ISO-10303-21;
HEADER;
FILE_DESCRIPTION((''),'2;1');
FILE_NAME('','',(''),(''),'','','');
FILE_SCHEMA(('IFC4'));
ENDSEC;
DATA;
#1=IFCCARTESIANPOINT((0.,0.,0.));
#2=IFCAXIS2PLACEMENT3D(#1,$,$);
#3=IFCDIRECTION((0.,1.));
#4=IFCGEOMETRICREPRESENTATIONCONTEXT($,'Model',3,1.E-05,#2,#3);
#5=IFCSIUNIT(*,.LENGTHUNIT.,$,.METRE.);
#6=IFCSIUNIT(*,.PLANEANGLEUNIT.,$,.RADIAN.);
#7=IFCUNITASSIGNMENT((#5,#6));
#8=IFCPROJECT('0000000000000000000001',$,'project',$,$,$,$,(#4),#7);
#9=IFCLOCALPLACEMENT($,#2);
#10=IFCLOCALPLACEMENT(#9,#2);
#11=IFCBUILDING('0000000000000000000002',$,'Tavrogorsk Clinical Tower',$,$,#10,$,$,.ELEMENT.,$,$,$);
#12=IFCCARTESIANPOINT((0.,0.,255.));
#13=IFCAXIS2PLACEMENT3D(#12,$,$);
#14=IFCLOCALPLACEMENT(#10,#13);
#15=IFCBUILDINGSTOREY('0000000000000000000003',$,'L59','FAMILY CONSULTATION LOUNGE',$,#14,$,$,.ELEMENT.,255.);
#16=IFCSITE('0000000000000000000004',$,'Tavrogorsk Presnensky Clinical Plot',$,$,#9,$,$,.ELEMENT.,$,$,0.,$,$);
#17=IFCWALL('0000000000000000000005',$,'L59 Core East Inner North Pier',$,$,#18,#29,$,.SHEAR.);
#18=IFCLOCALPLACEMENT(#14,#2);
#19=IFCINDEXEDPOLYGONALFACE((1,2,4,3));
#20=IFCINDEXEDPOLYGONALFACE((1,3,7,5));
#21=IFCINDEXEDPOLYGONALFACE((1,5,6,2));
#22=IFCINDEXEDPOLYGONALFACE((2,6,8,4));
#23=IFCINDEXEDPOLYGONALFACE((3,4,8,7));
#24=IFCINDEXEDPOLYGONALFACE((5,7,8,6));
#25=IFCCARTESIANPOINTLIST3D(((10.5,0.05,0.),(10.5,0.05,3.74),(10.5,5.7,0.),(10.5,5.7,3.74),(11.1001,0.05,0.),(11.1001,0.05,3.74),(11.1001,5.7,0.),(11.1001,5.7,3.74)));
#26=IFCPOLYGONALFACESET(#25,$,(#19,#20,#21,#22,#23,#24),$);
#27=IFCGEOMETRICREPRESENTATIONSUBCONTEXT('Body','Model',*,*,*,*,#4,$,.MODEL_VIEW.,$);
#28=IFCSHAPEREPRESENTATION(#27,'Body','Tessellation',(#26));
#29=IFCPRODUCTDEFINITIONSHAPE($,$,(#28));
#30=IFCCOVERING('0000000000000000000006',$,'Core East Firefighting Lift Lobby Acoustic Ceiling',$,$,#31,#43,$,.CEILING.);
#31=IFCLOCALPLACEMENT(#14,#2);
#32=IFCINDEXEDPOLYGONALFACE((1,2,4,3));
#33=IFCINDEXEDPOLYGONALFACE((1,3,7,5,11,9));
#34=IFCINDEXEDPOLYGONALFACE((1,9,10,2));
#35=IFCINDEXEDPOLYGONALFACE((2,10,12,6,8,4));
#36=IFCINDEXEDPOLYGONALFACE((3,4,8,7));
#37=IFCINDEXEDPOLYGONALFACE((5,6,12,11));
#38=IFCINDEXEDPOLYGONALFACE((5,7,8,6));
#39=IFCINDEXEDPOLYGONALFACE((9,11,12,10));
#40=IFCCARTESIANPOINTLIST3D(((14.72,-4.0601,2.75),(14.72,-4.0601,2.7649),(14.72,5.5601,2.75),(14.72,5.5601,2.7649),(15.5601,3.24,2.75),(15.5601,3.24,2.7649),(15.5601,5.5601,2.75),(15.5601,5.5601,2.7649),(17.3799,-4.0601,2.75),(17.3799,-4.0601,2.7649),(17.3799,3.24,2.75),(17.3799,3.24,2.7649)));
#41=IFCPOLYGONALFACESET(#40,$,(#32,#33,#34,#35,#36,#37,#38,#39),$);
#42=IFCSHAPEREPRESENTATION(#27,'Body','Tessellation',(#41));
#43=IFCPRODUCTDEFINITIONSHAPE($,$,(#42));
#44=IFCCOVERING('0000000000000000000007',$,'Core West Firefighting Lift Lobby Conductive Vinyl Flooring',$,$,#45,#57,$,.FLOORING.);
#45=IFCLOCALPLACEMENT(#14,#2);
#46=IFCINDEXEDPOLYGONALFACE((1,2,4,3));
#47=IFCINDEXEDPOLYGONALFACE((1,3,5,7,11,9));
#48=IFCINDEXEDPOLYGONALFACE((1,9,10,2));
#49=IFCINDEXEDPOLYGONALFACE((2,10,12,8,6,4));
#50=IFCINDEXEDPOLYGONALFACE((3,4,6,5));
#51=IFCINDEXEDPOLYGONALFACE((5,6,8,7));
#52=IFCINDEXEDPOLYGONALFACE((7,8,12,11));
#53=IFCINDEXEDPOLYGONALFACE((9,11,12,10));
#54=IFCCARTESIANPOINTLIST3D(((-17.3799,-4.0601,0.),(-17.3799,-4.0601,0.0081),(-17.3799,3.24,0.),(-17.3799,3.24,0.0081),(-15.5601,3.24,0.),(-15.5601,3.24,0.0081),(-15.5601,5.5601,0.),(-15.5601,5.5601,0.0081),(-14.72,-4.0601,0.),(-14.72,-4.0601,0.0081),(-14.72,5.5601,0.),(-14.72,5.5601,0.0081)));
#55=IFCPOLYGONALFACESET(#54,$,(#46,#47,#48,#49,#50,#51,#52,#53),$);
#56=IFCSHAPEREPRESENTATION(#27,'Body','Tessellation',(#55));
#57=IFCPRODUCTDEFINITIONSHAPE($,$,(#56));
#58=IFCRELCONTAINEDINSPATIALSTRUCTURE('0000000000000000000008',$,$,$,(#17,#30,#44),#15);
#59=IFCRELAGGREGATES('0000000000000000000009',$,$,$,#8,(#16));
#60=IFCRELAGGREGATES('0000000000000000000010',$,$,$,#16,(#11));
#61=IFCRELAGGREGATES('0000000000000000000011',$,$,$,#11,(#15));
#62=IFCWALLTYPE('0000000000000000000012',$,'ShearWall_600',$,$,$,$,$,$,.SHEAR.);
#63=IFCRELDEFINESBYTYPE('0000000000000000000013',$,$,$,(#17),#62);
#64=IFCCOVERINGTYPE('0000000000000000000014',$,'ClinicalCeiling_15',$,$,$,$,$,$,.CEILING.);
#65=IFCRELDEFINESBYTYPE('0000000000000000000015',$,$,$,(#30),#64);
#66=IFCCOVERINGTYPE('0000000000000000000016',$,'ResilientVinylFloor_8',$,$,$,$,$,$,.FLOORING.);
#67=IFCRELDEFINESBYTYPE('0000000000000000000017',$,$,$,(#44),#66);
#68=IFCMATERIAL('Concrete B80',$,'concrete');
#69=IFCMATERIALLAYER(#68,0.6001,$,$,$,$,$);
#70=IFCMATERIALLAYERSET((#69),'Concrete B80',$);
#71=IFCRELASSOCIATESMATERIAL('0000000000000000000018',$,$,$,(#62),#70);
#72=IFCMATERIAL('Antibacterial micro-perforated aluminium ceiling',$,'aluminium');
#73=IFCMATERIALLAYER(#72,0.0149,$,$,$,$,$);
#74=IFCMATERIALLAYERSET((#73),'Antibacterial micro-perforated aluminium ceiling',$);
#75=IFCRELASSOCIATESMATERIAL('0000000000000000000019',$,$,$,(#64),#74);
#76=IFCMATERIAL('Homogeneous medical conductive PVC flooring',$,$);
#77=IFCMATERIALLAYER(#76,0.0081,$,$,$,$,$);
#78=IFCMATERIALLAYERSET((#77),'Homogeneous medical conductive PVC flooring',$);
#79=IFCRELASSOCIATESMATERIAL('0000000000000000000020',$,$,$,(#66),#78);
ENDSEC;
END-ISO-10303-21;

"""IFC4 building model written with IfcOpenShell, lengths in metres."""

from ifc_helpers import new_model, si_unit, direction, frame, frame_2d, origin, place, context, subcontext, project, spatial, polyline, rectangle, outline, extrude, material, layer, layer_set, type_object, element, save


model = new_model("IFC4")

# Units and contexts
model_context = context("Model", 3, precision=1e-05, world=origin(), true_north=direction((0.0, 1.0)))
body_context = subcontext(model_context, "Body", "Model", "MODEL_VIEW")
ifc_project = project(units=[si_unit("LENGTHUNIT", "METRE"), si_unit("PLANEANGLEUNIT", "RADIAN")], contexts=[model_context])

# Site, building, storey
site_placement = place(None, origin())
site = spatial("IfcSite", under=ifc_project, at=site_placement, Name="Tavrogorsk Presnensky Clinical Plot", CompositionType="ELEMENT", RefElevation=0.0)
building_placement = place(site_placement, origin())
building = spatial("IfcBuilding", under=site, at=building_placement, Name="Tavrogorsk Clinical Tower", CompositionType="ELEMENT")
storey_placement = place(building_placement, frame((0.0, 0.0, 255.0)))
storey = spatial("IfcBuildingStorey", under=building, at=storey_placement, Name="L59", Description="FAMILY CONSULTATION LOUNGE", CompositionType="ELEMENT", Elevation=255.0)

# Wall
ifc_material_1 = material(Name="Concrete B80", Category="concrete")
ifc_layer_1 = layer(ifc_material_1, 0.6001)
ifc_layer_set_1 = layer_set([ifc_layer_1], Name="Concrete B80")
wall_type_1 = type_object("IfcWallType", Name="ShearWall_600", PredefinedType="SHEAR", material=ifc_layer_set_1)
wall_1_placement = place(storey_placement, frame((10.8, 0.05, 0.0), z_axis=(0.0, 0.0, 1.0), x_axis=(0.0, 1.0, 0.0)))
element("IfcWall", 1, at=wall_1_placement, inside=storey, type_object=wall_type_1, Name="L59 Core East Inner North Pier", PredefinedType="SHEAR", context=body_context, shape_type="SweptSolid", body=[
    extrude(rectangle(XDim=5.6499, YDim=0.6001, at=frame_2d((2.825, 0.0))), origin(), (0.0, 0.0, 1.0), 3.74),
])

# Coverings
ifc_material_2 = material(Name="Antibacterial micro-perforated aluminium ceiling", Category="aluminium")
ifc_layer_2 = layer(ifc_material_2, 0.0149)
ifc_layer_set_2 = layer_set([ifc_layer_2], Name="Antibacterial micro-perforated aluminium ceiling")
covering_type_1 = type_object("IfcCoveringType", Name="ClinicalCeiling_15", PredefinedType="CEILING", material=ifc_layer_set_2)
covering_1_placement = place(storey_placement, frame((0.0, 0.0, 2.75)))
element("IfcCovering", 2, at=covering_1_placement, inside=storey, type_object=covering_type_1, Name="Core East Firefighting Lift Lobby Acoustic Ceiling", PredefinedType="CEILING", context=body_context, shape_type="SweptSolid", body=[
    extrude(outline(polyline([(17.3799, -4.0601), (14.72, -4.0601), (14.72, 5.5601), (15.5601, 5.5601), (15.5601, 3.24), (17.3799, 3.24), (17.3799, -4.0601)])), origin(), (0.0, 0.0, 1.0), 0.0149),
])
ifc_material_3 = material(Name="Homogeneous medical conductive PVC flooring")
ifc_layer_3 = layer(ifc_material_3, 0.0081)
ifc_layer_set_3 = layer_set([ifc_layer_3], Name="Homogeneous medical conductive PVC flooring")
covering_type_2 = type_object("IfcCoveringType", Name="ResilientVinylFloor_8", PredefinedType="FLOORING", material=ifc_layer_set_3)
covering_2_placement = place(storey_placement, origin())
element("IfcCovering", 3, at=covering_2_placement, inside=storey, type_object=covering_type_2, Name="Core West Firefighting Lift Lobby Conductive Vinyl Flooring", PredefinedType="FLOORING", context=body_context, shape_type="SweptSolid", body=[
    extrude(outline(polyline([(-14.72, 5.5601), (-14.72, -4.0601), (-17.3799, -4.0601), (-17.3799, 3.24), (-15.5601, 3.24), (-15.5601, 5.5601), (-14.72, 5.5601)])), origin(), (0.0, 0.0, 1.0), 0.0081),
])

save(model, "model.ifc")
